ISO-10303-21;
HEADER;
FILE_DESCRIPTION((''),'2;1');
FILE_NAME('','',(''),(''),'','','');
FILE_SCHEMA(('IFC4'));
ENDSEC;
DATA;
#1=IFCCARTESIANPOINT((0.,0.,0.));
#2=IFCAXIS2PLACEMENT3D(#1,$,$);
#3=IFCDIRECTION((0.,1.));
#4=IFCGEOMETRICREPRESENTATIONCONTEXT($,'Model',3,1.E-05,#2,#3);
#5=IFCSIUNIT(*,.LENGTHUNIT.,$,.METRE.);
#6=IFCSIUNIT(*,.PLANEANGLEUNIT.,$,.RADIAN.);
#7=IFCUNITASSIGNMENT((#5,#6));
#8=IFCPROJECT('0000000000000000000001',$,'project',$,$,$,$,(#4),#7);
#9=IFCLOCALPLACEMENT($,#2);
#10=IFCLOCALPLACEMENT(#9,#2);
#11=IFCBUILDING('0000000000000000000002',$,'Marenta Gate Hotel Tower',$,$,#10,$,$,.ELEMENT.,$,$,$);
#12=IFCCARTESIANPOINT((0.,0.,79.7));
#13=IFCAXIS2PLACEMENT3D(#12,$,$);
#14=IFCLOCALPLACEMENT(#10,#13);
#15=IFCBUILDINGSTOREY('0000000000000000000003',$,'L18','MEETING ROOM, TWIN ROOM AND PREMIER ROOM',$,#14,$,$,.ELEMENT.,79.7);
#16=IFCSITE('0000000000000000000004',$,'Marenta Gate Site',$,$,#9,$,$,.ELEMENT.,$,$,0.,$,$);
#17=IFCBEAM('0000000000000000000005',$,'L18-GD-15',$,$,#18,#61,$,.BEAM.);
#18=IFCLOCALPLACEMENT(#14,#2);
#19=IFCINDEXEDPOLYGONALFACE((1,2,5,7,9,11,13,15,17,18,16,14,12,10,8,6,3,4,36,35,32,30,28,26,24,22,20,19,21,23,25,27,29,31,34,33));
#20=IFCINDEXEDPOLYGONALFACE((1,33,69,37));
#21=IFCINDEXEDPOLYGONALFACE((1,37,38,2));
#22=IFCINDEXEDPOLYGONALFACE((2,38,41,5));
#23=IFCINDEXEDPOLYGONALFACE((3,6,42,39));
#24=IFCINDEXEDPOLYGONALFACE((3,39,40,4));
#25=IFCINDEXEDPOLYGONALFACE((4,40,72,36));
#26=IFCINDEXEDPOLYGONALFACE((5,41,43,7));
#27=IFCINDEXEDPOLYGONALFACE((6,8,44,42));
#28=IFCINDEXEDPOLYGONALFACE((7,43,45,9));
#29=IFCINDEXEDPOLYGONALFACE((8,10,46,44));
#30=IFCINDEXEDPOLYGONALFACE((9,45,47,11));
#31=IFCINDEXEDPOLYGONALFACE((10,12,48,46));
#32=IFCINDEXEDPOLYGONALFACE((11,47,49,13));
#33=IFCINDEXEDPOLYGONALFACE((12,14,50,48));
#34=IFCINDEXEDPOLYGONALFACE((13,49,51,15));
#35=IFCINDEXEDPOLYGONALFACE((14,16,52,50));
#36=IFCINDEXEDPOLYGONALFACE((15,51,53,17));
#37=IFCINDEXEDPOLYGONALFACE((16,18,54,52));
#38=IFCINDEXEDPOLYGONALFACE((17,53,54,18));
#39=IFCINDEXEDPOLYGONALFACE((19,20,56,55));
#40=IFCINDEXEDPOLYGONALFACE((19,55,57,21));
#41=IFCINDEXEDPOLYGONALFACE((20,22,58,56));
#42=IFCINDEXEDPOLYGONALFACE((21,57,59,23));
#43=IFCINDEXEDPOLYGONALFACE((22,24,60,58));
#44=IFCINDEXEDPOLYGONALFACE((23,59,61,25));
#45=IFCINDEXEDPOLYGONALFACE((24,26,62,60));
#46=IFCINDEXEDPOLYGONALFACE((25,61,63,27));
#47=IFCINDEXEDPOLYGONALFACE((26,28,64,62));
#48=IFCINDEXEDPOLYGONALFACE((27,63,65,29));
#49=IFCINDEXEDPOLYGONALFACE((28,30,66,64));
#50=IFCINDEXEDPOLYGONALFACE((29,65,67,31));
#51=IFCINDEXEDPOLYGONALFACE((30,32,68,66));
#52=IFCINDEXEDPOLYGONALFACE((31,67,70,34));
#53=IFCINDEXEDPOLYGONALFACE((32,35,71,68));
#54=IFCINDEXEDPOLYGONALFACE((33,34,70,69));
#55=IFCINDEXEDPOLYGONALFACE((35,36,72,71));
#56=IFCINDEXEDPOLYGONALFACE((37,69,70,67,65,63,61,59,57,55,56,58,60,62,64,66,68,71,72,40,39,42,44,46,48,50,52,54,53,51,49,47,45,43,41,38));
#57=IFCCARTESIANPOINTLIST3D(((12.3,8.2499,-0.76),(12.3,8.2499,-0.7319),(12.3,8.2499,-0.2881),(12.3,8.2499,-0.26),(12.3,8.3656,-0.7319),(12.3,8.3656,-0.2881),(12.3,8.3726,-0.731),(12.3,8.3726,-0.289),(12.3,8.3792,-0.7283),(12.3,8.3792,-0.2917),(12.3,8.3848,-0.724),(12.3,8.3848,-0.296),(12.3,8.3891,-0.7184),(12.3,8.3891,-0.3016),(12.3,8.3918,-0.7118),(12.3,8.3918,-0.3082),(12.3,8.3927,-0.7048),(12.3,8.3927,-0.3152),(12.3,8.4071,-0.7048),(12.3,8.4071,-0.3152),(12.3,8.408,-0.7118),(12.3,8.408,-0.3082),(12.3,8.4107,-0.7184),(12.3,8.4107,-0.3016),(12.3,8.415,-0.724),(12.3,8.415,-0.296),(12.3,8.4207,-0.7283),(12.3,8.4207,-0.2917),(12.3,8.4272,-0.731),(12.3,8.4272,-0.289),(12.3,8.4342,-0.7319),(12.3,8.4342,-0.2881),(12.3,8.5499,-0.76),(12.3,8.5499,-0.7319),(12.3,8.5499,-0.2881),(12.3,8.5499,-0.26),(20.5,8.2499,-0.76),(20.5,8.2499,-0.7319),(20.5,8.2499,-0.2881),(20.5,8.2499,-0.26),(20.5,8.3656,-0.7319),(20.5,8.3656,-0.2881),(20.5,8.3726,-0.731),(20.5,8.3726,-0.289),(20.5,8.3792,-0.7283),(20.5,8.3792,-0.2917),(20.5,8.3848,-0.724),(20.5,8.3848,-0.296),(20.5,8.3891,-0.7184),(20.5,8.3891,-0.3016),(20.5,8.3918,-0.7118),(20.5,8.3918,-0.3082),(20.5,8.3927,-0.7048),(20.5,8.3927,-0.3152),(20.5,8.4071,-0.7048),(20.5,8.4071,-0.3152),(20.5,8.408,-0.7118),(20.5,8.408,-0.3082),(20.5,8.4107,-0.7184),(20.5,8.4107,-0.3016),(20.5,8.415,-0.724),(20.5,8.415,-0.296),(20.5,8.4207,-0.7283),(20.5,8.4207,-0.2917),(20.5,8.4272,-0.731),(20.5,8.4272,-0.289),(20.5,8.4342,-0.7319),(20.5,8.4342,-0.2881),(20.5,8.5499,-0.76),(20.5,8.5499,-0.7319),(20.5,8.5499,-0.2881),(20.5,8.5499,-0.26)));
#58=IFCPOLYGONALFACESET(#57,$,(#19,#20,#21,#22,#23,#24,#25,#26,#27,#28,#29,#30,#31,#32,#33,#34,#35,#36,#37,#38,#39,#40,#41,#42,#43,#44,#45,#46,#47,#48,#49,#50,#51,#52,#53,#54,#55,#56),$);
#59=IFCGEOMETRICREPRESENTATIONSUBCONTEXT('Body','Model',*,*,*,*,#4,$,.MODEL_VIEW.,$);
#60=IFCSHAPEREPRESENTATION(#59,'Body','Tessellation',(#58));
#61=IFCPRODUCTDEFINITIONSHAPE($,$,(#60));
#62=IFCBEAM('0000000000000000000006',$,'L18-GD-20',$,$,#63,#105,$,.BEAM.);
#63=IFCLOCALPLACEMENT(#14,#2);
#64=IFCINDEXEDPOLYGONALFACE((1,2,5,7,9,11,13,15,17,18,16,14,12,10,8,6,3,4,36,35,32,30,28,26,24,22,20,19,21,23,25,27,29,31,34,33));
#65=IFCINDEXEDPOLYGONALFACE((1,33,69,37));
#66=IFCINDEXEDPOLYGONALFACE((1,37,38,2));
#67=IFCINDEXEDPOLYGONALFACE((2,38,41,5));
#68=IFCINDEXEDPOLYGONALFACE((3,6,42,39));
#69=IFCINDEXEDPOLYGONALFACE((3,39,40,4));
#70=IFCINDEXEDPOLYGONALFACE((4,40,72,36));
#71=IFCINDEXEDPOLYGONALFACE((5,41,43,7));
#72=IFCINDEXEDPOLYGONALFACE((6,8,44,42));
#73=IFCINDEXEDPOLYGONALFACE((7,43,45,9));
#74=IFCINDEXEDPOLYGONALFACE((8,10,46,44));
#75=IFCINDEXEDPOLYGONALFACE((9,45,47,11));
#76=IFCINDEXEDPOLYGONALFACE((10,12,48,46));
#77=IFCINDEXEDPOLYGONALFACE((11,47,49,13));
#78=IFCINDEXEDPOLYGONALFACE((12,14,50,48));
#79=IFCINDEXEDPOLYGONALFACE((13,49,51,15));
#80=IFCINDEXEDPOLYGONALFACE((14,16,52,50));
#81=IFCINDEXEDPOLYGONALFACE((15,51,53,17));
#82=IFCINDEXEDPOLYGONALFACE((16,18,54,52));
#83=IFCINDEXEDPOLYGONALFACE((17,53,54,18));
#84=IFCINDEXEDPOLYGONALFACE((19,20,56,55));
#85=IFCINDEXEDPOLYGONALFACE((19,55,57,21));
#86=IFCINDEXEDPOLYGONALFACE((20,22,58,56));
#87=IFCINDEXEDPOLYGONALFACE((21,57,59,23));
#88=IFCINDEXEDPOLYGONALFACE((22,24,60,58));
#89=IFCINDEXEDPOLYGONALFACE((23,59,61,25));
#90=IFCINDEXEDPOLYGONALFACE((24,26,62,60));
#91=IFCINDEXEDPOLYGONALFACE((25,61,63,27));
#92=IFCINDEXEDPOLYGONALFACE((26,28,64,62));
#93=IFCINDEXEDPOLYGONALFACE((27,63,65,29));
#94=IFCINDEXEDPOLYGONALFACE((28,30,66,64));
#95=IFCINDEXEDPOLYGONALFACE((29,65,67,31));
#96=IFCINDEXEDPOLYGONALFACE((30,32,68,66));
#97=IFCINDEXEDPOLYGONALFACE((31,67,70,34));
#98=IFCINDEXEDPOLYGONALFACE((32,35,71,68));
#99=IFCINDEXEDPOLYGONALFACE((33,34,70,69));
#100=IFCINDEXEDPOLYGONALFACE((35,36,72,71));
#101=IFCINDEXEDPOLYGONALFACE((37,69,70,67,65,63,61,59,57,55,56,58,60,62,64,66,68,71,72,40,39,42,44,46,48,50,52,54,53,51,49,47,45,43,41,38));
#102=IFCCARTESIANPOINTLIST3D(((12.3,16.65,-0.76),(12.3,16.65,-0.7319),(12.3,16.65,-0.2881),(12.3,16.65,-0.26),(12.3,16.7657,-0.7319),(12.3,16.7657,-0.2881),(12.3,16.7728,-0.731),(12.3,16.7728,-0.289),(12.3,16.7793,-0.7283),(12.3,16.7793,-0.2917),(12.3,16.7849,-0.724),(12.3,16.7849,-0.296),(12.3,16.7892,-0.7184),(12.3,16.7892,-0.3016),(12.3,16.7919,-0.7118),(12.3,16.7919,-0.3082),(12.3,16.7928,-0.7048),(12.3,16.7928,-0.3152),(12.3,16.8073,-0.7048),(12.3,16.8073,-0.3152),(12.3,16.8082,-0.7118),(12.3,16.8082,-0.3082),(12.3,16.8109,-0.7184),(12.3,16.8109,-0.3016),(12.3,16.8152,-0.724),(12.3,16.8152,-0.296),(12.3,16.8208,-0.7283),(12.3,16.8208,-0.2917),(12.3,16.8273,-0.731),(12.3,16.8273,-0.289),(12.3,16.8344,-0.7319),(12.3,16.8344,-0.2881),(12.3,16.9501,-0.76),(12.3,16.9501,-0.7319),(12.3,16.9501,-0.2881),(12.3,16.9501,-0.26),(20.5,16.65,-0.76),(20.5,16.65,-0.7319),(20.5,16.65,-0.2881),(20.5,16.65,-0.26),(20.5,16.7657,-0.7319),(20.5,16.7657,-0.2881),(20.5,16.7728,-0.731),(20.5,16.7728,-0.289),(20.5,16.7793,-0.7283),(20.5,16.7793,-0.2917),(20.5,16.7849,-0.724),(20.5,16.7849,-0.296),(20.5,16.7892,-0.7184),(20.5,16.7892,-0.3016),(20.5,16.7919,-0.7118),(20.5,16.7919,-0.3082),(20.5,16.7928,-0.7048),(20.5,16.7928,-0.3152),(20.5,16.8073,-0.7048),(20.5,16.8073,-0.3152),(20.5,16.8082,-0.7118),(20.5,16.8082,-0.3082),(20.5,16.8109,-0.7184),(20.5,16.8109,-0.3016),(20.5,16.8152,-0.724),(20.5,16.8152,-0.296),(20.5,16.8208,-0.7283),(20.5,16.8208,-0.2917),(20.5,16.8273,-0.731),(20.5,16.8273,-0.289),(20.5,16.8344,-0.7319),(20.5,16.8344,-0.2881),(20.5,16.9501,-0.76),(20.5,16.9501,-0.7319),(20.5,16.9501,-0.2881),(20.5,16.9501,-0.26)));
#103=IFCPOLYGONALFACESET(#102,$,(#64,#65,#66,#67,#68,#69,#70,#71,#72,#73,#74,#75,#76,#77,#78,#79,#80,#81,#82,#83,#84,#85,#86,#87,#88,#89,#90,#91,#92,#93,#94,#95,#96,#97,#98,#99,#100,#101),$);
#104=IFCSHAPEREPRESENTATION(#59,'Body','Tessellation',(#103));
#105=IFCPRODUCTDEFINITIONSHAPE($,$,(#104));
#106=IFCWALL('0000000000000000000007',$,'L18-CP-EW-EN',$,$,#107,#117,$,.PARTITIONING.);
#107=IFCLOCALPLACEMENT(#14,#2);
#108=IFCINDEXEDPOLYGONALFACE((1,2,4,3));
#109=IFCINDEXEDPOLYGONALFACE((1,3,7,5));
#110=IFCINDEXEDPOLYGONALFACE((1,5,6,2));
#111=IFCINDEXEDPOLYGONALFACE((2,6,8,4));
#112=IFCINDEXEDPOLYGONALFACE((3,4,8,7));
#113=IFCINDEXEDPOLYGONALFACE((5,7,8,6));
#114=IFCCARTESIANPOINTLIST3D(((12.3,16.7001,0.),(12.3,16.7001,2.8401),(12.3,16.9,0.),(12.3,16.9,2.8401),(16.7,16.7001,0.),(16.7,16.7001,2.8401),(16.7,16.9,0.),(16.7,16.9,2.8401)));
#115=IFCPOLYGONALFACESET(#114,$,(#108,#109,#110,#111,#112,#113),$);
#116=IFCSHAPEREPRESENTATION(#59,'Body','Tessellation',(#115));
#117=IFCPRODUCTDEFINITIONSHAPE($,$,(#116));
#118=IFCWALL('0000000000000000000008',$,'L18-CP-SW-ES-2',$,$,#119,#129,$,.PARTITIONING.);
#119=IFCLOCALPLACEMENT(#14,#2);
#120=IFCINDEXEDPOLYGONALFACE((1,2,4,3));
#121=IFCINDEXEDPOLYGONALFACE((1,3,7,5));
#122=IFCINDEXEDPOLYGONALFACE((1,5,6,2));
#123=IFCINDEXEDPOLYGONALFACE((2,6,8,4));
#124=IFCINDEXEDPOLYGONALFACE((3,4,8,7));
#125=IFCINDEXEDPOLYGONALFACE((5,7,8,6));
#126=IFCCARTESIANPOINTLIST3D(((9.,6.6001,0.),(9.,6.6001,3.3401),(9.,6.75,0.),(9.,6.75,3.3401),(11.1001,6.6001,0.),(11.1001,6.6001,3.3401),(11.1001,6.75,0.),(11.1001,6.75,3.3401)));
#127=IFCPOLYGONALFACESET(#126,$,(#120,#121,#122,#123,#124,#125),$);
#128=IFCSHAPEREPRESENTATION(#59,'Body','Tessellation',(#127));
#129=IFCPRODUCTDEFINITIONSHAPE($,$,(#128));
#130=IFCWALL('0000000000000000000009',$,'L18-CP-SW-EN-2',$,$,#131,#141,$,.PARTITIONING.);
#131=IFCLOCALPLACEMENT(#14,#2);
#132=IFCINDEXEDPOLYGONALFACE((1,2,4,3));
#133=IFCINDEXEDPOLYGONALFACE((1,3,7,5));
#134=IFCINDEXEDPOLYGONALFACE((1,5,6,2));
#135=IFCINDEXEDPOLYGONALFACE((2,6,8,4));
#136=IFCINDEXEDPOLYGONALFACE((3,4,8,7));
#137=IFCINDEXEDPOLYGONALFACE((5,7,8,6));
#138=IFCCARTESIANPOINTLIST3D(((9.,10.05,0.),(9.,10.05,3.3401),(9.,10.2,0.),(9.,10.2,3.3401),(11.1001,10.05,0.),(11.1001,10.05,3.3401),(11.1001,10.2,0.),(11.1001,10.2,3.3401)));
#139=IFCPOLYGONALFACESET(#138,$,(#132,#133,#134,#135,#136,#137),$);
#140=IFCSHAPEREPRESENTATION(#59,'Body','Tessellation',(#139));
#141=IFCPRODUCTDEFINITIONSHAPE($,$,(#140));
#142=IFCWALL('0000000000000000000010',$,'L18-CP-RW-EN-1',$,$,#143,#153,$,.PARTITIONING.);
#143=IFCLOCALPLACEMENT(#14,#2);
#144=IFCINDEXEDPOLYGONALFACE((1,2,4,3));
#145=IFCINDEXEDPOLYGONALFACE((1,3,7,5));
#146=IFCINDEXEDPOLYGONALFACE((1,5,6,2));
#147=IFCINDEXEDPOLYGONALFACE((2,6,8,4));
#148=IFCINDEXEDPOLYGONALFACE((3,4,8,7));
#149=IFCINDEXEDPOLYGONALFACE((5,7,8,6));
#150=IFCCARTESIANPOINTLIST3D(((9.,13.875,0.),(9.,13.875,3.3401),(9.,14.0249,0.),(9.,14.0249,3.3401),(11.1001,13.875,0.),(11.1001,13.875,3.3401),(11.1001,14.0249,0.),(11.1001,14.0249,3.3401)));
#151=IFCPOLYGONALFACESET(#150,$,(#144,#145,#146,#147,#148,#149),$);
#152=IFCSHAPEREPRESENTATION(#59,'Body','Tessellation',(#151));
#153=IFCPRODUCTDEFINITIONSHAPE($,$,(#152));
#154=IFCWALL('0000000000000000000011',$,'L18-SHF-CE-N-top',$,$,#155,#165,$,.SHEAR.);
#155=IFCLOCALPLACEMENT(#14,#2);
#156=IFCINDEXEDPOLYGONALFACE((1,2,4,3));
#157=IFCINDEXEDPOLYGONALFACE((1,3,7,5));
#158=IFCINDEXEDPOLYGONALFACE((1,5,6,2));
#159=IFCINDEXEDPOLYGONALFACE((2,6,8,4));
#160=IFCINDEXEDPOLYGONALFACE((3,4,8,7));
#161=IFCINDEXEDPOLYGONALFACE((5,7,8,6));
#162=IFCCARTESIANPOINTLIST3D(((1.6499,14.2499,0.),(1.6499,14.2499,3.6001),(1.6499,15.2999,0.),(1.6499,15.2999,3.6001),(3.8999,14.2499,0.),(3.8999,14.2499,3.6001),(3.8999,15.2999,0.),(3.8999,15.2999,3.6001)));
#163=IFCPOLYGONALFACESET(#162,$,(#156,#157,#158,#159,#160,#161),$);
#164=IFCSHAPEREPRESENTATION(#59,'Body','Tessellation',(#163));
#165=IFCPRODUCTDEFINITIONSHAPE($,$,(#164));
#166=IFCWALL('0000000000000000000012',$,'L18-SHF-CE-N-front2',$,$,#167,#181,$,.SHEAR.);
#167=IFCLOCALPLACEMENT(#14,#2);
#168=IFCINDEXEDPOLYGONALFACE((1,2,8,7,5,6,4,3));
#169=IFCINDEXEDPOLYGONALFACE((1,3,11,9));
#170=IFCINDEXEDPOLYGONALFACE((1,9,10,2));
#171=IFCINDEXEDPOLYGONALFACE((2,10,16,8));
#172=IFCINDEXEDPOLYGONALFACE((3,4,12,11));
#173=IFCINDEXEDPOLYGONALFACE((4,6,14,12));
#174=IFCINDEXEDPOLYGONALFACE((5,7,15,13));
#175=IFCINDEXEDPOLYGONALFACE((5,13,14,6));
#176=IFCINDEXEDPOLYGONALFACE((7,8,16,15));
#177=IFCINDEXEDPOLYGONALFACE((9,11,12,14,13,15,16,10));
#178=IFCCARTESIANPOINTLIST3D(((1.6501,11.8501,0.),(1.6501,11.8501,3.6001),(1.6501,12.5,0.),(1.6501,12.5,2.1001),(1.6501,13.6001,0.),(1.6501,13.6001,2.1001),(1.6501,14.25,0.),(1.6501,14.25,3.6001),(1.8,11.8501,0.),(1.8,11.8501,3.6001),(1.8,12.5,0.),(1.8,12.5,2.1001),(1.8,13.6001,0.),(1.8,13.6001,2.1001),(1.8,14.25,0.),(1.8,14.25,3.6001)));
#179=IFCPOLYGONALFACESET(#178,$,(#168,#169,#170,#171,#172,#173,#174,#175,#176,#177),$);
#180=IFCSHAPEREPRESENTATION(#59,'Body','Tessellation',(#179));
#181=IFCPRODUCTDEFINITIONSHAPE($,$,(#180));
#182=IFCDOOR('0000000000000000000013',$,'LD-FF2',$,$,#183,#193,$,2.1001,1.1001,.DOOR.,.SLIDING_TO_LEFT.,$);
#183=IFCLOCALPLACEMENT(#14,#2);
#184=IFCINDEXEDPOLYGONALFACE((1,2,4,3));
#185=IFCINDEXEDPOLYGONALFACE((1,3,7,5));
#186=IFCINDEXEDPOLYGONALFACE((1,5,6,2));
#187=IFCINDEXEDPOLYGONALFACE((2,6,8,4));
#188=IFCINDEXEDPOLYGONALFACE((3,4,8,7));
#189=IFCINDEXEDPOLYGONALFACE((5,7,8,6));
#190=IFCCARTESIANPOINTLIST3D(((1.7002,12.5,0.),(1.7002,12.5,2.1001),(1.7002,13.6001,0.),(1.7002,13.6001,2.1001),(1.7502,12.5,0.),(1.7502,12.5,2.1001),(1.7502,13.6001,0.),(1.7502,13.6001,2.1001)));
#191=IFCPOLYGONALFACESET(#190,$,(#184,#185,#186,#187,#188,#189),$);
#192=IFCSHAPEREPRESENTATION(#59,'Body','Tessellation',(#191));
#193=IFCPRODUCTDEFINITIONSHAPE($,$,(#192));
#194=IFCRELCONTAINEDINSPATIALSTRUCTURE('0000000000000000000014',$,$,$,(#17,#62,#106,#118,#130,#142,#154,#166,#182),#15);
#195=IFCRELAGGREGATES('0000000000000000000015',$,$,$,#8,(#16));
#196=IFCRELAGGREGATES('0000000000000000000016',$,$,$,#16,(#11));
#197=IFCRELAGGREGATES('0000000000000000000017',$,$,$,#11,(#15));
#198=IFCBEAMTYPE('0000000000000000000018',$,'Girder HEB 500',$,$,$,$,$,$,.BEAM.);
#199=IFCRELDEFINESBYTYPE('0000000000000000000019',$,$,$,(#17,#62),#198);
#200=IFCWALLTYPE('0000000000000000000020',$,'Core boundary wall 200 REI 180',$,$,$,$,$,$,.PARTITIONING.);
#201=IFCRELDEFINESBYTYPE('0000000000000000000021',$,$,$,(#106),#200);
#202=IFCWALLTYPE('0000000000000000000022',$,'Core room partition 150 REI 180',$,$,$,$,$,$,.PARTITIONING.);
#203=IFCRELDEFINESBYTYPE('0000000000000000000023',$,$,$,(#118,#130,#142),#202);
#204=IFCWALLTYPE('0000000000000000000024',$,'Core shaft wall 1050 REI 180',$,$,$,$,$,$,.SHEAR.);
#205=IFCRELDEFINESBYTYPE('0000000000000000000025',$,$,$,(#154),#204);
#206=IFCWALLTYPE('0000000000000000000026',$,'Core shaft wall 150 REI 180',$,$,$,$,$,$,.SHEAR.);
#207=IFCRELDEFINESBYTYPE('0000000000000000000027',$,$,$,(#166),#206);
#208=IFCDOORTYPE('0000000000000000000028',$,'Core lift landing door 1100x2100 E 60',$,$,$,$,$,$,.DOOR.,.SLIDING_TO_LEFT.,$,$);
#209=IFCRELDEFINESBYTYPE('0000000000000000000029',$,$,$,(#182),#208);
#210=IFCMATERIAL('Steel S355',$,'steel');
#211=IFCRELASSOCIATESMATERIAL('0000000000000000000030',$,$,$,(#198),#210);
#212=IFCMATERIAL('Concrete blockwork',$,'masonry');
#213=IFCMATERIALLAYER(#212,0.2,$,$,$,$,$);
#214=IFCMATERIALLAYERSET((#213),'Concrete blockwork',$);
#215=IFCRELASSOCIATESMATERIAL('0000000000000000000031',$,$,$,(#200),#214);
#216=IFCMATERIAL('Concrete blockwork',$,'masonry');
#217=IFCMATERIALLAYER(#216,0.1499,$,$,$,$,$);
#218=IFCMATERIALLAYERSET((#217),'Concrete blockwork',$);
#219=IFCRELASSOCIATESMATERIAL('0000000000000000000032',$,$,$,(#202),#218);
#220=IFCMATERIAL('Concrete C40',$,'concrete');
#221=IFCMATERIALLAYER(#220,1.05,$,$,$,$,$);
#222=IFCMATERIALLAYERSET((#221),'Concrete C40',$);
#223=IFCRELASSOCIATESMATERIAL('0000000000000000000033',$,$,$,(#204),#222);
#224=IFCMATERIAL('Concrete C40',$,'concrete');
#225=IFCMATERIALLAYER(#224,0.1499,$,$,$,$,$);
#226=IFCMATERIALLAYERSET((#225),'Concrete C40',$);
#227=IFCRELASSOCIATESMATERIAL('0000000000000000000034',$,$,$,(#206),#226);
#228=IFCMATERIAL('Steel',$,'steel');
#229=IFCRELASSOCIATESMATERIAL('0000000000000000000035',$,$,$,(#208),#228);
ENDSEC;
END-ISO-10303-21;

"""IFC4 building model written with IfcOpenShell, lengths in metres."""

from ifc_helpers import new_model, si_unit, direction, frame, frame_2d, origin, origin_2d, place, context, subcontext, project, spatial, rectangle, i_section, extrude, material, layer, layer_set, material_profile, profile_set, type_object, element, fill, save


model = new_model("IFC4")

# Units and contexts
model_context = context("Model", 3, precision=1e-05, world=origin(), true_north=direction((0.0, 1.0)))
body_context = subcontext(model_context, "Body", "Model", "MODEL_VIEW")
ifc_project = project(units=[si_unit("LENGTHUNIT", "METRE"), si_unit("PLANEANGLEUNIT", "RADIAN")], contexts=[model_context])

# Site, building, storey
site_placement = place(None, origin())
site = spatial("IfcSite", under=ifc_project, at=site_placement, Name="Marenta Gate Site", CompositionType="ELEMENT", RefElevation=0.0)
building_placement = place(site_placement, origin())
building = spatial("IfcBuilding", under=site, at=building_placement, Name="Marenta Gate Hotel Tower", CompositionType="ELEMENT")
storey_placement = place(building_placement, frame((0.0, 0.0, 79.7)))
storey = spatial("IfcBuildingStorey", under=building, at=storey_placement, Name="L18", Description="MEETING ROOM, TWIN ROOM AND PREMIER ROOM", CompositionType="ELEMENT", Elevation=79.7)

# Beams
ifc_material_1 = material(Name="Steel S355", Category="steel")
ifc_material_profile = material_profile(ifc_material_1, i_section(OverallWidth=0.3, OverallDepth=0.5, WebThickness=0.0144, FlangeThickness=0.0281, FilletRadius=0.0271, at=origin_2d()), Name="HEB 500")
ifc_profile_set = profile_set([ifc_material_profile], Name="Steel S355")
beam_type = type_object("IfcBeamType", Name="Girder HEB 500", PredefinedType="BEAM", material=ifc_profile_set)
for number, where, z_axis, x_axis, name in (
    (1, (12.3, 8.3999, -0.51), (1.0, 0.0, 0.0), (0.0, 1.0, 0.0), "L18-GD-15"),
    (2, (12.3, 16.8, -0.51), (1.0, 0.0, 0.0), (0.0, 1.0, 0.0), "L18-GD-20"),
):
    element("IfcBeam", number, at=place(storey_placement, frame(where, z_axis=z_axis, x_axis=x_axis)), inside=storey, type_object=beam_type, Name=name, PredefinedType="BEAM", context=body_context, shape_type="SweptSolid", body=[
        extrude(i_section(OverallWidth=0.3, OverallDepth=0.5, WebThickness=0.0144, FlangeThickness=0.0281, FilletRadius=0.0271, at=origin_2d()), origin(), (0.0, 0.0, 1.0), 8.2),
    ])

# Walls
ifc_material_2 = material(Name="Concrete blockwork", Category="masonry")
ifc_layer_1 = layer(ifc_material_2, 0.2)
ifc_layer_set_1 = layer_set([ifc_layer_1], Name="Concrete blockwork")
wall_type_1 = type_object("IfcWallType", Name="Core boundary wall 200 REI 180", PredefinedType="PARTITIONING", material=ifc_layer_set_1)
wall_1_placement = place(storey_placement, frame((12.3, 16.8, 0.0), z_axis=(0.0, 0.0, 1.0), x_axis=(1.0, 0.0, 0.0)))
element("IfcWall", 3, at=wall_1_placement, inside=storey, type_object=wall_type_1, Name="L18-CP-EW-EN", PredefinedType="PARTITIONING", context=body_context, shape_type="SweptSolid", body=[
    extrude(rectangle(XDim=4.3999, YDim=0.2, at=frame_2d((2.2, 0.0))), origin(), (0.0, 0.0, 1.0), 2.8401),
])
ifc_material_3 = material(Name="Concrete blockwork", Category="masonry")
ifc_layer_2 = layer(ifc_material_3, 0.1499)
ifc_layer_set_2 = layer_set([ifc_layer_2], Name="Concrete blockwork")
wall_type_2 = type_object("IfcWallType", Name="Core room partition 150 REI 180", PredefinedType="PARTITIONING", material=ifc_layer_set_2)
for number, where, z_axis, x_axis, name in (
    (4, (9.0, 6.675, 0.0), (0.0, 0.0, 1.0), (1.0, 0.0, 0.0), "L18-CP-SW-ES-2"),
    (5, (9.0, 10.125, 0.0), (0.0, 0.0, 1.0), (1.0, 0.0, 0.0), "L18-CP-SW-EN-2"),
    (6, (9.0, 13.95, 0.0), (0.0, 0.0, 1.0), (1.0, 0.0, 0.0), "L18-CP-RW-EN-1"),
):
    element("IfcWall", number, at=place(storey_placement, frame(where, z_axis=z_axis, x_axis=x_axis)), inside=storey, type_object=wall_type_2, Name=name, PredefinedType="PARTITIONING", context=body_context, shape_type="SweptSolid", body=[
        extrude(rectangle(XDim=2.1001, YDim=0.1499, at=frame_2d((1.05, 0.0))), origin(), (0.0, 0.0, 1.0), 3.3401),
    ])
ifc_material_4 = material(Name="Concrete C40", Category="concrete")
ifc_layer_3 = layer(ifc_material_4, 1.05)
ifc_layer_set_3 = layer_set([ifc_layer_3], Name="Concrete C40")
wall_type_3 = type_object("IfcWallType", Name="Core shaft wall 1050 REI 180", PredefinedType="SHEAR", material=ifc_layer_set_3)
wall_2_placement = place(storey_placement, frame((1.6499, 14.7749, 0.0), z_axis=(0.0, 0.0, 1.0), x_axis=(1.0, 0.0, 0.0)))
element("IfcWall", 7, at=wall_2_placement, inside=storey, type_object=wall_type_3, Name="L18-SHF-CE-N-top", PredefinedType="SHEAR", context=body_context, shape_type="SweptSolid", body=[
    extrude(rectangle(XDim=2.25, YDim=1.05, at=frame_2d((1.125, 0.0))), origin(), (0.0, 0.0, 1.0), 3.6001),
])

# Wall, opening, door
ifc_material_5 = material(Name="Concrete C40", Category="concrete")
ifc_layer_4 = layer(ifc_material_5, 0.1499)
ifc_layer_set_4 = layer_set([ifc_layer_4], Name="Concrete C40")
wall_type_4 = type_object("IfcWallType", Name="Core shaft wall 150 REI 180", PredefinedType="SHEAR", material=ifc_layer_set_4)
wall_3_placement = place(storey_placement, frame((1.7251, 11.8501, 0.0), z_axis=(0.0, 0.0, 1.0), x_axis=(0.0, 1.0, 0.0)))
wall_3 = element("IfcWall", 8, at=wall_3_placement, inside=storey, type_object=wall_type_4, Name="L18-SHF-CE-N-front2", PredefinedType="SHEAR", context=body_context, shape_type="SweptSolid", body=[
    extrude(rectangle(XDim=2.3999, YDim=0.1499, at=frame_2d((1.2, 0.0))), origin(), (0.0, 0.0, 1.0), 3.6001),
])
opening_1_placement = place(wall_3_placement, frame((0.6499, 0.0, 0.0)))
opening_1 = element("IfcOpeningElement", 9, at=opening_1_placement, cuts=wall_3, PredefinedType="OPENING", context=body_context, shape_type="SweptSolid", body=[
    extrude(rectangle(XDim=1.1001, YDim=2.1001, at=frame_2d((0.55, 1.05))), frame((0.0, 0.075, 0.0), z_axis=(0.0, -1.0, 0.0), x_axis=(1.0, 0.0, 0.0)), (0.0, 0.0, 1.0), 0.1499),
])
ifc_material_6 = material(Name="Steel", Category="steel")
door_type_1 = type_object("IfcDoorType", Name="Core lift landing door 1100x2100 E 60", OperationType="SLIDING_TO_LEFT", PredefinedType="DOOR", material=ifc_material_6)
door_1_placement = place(opening_1_placement, origin())
door_1 = element("IfcDoor", 10, at=door_1_placement, inside=storey, type_object=door_type_1, Name="LD-FF2", OperationType="SLIDING_TO_LEFT", OverallHeight=2.1001, OverallWidth=1.1001, PredefinedType="DOOR", context=body_context, shape_type="SweptSolid", body=[
    extrude(rectangle(XDim=1.1001, YDim=2.1001, at=frame_2d((0.55, 1.05))), frame((0.0, 0.0249, 0.0), z_axis=(0.0, -1.0, 0.0), x_axis=(1.0, 0.0, 0.0)), (0.0, 0.0, 1.0), 0.05),
])
fill(opening_1, door_1)

save(model, "model.ifc")
